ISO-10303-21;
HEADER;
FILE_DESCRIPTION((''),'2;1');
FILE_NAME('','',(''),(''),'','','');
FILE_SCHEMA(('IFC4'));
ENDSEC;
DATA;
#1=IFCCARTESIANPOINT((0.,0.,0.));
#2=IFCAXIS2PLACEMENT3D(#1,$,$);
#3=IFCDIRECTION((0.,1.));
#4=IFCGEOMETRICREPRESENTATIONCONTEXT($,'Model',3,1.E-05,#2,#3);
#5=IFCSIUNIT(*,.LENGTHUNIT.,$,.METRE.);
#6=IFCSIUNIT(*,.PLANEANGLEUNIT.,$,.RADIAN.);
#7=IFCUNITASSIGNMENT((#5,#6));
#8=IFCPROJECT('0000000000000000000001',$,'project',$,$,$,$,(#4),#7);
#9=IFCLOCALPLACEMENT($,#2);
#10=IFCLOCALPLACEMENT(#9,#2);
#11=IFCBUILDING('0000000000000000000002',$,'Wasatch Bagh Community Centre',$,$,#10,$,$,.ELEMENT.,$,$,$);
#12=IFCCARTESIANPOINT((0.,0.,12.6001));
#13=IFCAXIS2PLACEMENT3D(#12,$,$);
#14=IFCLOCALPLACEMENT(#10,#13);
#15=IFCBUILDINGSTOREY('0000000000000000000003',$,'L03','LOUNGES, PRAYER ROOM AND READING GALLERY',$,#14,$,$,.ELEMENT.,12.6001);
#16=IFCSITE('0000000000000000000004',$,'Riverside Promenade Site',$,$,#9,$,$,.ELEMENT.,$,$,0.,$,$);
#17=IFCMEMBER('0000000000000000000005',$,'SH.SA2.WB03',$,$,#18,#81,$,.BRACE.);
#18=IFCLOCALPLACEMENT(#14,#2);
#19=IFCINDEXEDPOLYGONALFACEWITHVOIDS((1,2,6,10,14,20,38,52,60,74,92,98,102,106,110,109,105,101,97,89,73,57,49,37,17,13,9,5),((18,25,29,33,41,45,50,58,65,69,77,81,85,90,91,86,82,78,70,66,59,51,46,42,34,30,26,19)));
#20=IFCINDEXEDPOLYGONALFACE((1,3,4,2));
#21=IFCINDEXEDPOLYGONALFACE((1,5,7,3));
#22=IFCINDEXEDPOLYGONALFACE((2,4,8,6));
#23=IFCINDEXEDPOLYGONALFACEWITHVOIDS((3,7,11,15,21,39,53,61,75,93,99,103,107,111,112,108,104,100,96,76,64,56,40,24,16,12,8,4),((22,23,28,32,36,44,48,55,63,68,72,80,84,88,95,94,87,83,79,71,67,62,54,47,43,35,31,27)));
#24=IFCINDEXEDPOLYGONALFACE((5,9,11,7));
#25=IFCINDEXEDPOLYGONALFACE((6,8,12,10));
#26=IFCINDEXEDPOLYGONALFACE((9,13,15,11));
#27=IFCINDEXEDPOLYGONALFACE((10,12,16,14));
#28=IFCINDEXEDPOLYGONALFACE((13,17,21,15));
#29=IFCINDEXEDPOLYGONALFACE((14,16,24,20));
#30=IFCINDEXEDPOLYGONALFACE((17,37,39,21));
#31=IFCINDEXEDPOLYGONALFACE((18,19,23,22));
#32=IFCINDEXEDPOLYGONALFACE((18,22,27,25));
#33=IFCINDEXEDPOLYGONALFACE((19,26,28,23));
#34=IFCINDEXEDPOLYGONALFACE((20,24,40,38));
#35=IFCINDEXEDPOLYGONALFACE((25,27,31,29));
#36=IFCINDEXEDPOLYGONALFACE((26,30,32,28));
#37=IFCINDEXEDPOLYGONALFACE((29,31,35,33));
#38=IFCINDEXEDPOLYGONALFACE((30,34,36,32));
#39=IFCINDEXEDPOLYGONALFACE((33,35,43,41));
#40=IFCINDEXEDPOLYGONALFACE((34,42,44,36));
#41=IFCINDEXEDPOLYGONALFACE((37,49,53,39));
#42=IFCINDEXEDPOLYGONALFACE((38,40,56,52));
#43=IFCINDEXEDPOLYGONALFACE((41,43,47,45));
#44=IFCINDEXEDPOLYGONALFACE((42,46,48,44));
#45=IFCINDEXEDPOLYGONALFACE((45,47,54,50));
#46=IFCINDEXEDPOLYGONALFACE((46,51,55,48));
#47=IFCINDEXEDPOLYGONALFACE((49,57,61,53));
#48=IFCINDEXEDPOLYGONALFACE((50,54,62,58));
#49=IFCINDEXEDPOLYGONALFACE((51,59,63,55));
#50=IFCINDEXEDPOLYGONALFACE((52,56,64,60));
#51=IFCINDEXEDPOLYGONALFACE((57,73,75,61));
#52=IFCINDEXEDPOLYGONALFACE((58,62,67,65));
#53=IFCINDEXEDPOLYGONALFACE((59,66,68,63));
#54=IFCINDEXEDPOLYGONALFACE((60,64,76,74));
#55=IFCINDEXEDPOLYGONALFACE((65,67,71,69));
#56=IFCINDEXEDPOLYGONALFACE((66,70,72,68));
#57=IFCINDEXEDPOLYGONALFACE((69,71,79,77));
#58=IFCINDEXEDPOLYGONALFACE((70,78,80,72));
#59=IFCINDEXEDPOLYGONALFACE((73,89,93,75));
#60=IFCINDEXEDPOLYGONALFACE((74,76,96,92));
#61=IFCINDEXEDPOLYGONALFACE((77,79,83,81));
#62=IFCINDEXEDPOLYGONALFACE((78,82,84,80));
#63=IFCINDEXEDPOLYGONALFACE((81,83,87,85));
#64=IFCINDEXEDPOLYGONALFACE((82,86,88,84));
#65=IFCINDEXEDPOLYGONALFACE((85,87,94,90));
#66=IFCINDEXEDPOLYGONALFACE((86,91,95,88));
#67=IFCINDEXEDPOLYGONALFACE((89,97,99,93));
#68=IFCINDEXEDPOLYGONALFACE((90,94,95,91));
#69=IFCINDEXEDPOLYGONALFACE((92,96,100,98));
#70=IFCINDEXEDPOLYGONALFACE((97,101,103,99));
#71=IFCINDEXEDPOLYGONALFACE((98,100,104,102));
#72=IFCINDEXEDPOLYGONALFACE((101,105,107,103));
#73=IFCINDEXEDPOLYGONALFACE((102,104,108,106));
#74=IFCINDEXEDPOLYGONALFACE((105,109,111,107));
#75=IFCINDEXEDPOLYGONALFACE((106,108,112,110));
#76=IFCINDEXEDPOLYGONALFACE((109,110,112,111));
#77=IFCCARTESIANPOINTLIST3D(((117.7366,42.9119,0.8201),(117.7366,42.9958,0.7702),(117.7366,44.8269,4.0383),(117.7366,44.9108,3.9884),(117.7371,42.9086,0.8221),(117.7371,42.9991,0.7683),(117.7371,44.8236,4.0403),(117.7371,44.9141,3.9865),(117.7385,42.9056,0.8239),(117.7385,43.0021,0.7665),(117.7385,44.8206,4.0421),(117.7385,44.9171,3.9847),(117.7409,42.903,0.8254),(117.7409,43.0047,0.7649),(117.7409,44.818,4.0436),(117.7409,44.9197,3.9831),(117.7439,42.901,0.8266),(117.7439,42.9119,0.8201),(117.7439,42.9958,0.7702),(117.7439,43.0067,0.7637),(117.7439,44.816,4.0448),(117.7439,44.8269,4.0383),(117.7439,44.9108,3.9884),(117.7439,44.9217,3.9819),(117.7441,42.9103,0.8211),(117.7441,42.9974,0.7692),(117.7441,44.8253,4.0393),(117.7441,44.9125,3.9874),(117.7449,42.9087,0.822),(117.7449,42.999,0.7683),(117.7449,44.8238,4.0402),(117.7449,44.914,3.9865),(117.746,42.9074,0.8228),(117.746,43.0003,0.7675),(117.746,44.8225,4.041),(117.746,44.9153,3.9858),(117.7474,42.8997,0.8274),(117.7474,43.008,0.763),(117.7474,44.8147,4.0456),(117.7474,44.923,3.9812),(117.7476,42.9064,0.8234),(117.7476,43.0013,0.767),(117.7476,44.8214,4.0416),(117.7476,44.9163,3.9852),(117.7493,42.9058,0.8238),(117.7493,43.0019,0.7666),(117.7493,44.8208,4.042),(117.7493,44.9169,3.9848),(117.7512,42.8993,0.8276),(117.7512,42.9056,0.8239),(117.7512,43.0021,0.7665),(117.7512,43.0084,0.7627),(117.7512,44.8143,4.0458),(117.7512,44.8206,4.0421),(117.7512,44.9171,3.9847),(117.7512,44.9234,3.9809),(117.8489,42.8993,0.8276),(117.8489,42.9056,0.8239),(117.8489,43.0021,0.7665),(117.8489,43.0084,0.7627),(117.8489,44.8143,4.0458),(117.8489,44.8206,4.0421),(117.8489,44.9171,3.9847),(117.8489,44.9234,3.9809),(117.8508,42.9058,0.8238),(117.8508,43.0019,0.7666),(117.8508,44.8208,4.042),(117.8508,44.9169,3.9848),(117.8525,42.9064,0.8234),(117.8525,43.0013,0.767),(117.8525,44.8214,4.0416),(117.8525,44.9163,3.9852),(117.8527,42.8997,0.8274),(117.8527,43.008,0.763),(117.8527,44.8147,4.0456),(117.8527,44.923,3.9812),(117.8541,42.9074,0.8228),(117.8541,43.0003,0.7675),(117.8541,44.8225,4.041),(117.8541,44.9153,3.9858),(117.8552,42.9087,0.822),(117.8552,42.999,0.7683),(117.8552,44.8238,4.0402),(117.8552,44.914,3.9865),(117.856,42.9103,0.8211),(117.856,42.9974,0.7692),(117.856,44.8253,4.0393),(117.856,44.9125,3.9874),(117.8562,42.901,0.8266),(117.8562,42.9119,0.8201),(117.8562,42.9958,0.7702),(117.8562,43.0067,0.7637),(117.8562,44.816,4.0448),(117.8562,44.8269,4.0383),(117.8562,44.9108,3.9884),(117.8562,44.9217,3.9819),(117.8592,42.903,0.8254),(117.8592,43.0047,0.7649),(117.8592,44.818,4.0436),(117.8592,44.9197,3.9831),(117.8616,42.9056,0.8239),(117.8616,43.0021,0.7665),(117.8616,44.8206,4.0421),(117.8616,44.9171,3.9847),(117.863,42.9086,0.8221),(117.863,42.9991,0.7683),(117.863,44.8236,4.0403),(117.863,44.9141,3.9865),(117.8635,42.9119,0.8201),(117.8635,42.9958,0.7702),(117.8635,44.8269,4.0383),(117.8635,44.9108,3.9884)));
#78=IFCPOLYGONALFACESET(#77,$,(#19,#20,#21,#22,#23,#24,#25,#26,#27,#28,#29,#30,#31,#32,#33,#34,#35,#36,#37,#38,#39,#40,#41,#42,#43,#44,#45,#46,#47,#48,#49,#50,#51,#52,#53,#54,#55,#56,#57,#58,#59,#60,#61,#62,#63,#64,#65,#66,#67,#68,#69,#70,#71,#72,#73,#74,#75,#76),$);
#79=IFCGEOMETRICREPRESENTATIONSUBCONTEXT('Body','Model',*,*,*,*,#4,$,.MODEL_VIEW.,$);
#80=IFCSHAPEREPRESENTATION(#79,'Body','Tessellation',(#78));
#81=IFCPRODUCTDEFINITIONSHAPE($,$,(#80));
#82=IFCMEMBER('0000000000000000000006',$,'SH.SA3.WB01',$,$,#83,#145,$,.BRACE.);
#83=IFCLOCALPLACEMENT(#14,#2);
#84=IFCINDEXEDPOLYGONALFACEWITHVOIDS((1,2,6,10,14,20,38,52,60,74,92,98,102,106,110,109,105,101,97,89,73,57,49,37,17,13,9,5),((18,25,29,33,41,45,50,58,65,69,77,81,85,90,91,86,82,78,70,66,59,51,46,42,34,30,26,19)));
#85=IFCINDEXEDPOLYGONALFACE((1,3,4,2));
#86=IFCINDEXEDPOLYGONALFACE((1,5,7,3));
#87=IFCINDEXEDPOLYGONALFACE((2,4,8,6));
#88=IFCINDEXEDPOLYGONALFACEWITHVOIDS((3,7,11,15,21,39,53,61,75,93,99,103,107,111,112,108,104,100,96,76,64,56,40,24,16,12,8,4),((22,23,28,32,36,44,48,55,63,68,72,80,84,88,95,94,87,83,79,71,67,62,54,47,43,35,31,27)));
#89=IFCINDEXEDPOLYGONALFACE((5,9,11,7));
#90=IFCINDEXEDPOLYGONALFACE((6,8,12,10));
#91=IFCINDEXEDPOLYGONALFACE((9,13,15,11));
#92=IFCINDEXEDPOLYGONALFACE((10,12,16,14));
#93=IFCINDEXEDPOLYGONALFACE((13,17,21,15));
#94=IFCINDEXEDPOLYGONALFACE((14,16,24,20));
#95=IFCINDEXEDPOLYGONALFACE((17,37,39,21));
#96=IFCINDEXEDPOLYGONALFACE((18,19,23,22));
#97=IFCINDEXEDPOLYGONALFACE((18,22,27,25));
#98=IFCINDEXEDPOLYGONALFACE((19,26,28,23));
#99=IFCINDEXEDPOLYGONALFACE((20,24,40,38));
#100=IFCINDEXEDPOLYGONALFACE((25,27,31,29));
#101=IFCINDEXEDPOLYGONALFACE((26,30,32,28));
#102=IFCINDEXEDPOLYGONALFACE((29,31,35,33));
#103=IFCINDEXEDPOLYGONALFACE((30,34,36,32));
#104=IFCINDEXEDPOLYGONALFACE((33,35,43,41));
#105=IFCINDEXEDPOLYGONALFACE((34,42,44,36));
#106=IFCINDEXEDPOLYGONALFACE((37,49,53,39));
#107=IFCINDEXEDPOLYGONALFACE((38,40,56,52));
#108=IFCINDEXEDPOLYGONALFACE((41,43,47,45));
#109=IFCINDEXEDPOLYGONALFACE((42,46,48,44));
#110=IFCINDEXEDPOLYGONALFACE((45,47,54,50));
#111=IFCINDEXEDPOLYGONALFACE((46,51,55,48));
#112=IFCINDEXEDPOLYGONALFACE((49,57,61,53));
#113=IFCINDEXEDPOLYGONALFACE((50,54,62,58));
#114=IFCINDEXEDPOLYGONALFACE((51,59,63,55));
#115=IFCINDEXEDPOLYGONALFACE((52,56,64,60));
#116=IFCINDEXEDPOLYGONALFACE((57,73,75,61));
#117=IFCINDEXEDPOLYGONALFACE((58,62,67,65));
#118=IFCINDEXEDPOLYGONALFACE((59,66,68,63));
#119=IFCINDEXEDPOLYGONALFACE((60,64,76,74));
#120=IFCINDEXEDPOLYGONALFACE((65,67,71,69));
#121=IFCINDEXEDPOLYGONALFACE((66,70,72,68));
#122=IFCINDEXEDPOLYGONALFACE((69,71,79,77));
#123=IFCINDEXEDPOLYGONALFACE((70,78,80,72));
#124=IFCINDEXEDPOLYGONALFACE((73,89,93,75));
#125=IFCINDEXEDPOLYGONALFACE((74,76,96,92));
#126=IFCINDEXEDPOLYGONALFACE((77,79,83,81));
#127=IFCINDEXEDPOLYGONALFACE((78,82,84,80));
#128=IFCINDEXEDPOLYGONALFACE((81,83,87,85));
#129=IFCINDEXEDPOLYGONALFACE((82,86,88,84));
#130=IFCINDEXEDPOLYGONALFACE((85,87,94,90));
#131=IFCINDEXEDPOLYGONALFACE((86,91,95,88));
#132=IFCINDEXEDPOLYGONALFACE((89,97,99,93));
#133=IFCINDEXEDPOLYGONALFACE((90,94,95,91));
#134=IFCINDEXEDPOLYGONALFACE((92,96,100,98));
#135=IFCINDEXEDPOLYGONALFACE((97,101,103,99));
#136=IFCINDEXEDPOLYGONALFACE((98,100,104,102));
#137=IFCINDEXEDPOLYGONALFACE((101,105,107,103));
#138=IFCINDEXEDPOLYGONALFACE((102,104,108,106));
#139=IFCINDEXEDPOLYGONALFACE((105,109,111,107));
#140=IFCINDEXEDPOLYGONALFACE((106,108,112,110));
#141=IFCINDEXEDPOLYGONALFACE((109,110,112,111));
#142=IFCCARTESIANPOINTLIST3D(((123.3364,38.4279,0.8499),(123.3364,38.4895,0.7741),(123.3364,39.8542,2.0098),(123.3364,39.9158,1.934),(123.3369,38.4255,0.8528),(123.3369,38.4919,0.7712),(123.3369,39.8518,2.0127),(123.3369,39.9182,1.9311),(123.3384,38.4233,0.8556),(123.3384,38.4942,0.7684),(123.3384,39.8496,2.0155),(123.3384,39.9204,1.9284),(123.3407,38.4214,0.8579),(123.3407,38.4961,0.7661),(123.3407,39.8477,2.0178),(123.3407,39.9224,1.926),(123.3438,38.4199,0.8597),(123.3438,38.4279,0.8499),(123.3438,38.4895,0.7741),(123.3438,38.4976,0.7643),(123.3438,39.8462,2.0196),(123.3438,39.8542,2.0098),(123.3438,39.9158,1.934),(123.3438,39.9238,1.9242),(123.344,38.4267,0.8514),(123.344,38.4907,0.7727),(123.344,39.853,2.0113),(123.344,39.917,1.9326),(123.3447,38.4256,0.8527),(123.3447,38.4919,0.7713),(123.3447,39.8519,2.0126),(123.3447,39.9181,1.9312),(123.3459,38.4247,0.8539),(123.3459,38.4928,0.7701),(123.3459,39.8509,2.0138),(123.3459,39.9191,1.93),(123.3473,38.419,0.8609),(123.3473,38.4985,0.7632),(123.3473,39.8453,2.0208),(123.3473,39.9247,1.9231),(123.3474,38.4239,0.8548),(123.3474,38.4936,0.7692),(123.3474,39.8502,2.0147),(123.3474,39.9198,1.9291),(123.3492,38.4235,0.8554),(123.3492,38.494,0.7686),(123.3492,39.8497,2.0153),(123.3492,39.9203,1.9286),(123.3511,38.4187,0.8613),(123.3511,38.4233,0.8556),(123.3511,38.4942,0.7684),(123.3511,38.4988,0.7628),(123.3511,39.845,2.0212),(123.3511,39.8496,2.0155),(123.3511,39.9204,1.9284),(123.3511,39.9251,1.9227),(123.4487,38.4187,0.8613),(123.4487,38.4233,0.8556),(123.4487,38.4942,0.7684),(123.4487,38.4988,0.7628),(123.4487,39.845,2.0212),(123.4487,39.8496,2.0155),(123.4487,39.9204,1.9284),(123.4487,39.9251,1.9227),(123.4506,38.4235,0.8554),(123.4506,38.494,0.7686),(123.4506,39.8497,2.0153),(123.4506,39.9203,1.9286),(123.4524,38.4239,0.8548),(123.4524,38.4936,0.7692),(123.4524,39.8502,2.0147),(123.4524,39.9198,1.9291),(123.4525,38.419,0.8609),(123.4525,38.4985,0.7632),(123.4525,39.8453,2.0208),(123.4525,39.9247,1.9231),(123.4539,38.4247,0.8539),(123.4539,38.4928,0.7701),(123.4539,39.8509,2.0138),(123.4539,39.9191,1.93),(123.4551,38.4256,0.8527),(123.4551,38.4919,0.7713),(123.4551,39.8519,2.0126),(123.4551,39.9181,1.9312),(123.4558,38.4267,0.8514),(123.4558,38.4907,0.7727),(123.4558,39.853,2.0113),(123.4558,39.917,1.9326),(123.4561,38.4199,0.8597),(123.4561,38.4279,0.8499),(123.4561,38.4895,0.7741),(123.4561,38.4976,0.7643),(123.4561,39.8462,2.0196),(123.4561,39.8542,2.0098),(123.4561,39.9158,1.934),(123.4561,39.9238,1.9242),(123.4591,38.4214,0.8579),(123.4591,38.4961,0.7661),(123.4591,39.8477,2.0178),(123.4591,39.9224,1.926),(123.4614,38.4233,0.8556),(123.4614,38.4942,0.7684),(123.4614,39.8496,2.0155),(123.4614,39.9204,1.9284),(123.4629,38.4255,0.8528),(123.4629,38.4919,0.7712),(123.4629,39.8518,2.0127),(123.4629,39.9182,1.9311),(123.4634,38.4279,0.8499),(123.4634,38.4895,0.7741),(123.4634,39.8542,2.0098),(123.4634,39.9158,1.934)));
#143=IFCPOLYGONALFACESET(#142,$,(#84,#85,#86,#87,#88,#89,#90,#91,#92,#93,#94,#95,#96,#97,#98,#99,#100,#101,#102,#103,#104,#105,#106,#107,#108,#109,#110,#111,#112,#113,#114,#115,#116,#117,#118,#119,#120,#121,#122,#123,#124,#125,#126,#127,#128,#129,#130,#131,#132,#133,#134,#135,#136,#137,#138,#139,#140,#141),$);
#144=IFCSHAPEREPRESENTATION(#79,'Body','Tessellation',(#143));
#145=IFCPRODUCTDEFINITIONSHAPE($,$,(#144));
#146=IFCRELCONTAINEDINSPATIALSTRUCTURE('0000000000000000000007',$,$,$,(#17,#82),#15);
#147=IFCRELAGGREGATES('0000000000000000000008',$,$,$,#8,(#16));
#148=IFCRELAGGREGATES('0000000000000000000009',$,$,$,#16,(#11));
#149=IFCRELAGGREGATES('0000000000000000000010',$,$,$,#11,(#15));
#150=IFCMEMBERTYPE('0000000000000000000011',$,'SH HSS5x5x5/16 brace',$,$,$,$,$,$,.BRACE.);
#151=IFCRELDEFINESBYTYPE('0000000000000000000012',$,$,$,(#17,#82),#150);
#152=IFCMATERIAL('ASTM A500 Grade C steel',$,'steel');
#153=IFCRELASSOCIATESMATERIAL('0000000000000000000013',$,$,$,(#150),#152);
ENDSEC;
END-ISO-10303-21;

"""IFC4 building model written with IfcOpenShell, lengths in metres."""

from ifc_helpers import new_model, si_unit, direction, frame, origin, origin_2d, place, context, subcontext, project, spatial, hollow_rectangle, extrude, material, material_profile, profile_set, type_object, element, save


model = new_model("IFC4")

# Units and contexts
model_context = context("Model", 3, precision=1e-05, world=origin(), true_north=direction((0.0, 1.0)))
body_context = subcontext(model_context, "Body", "Model", "MODEL_VIEW")
ifc_project = project(units=[si_unit("LENGTHUNIT", "METRE"), si_unit("PLANEANGLEUNIT", "RADIAN")], contexts=[model_context])

# Site, building, storey
site_placement = place(None, origin())
site = spatial("IfcSite", under=ifc_project, at=site_placement, Name="Riverside Promenade Site", CompositionType="ELEMENT", RefElevation=0.0)
building_placement = place(site_placement, origin())
building = spatial("IfcBuilding", under=site, at=building_placement, Name="Wasatch Bagh Community Centre", CompositionType="ELEMENT")
storey_placement = place(building_placement, frame((0.0, 0.0, 12.6001)))
storey = spatial("IfcBuildingStorey", under=building, at=storey_placement, Name="L03", Description="LOUNGES, PRAYER ROOM AND READING GALLERY", CompositionType="ELEMENT", Elevation=12.6001)

# Members
ifc_material_1 = material(Name="ASTM A500 Grade C steel", Category="steel")
ifc_material_profile_1 = material_profile(ifc_material_1, hollow_rectangle(XDim=0.127, YDim=0.127, WallThickness=0.0073, InnerFilletRadius=0.0073, OuterFilletRadius=0.0146, at=origin_2d()), Name="HSS5x5x5/16")
ifc_profile_set_1 = profile_set([ifc_material_profile_1], Name="ASTM A500 Grade C steel")
member_type_1 = type_object("IfcMemberType", Name="SH HSS5x5x5/16 brace", PredefinedType="BRACE", material=ifc_profile_set_1)
member_1_placement = place(storey_placement, frame((117.8, 42.9539, 0.7952), z_axis=(0.0, 0.511367, 0.859362), x_axis=(-1.0, 0.0, 0.0)))
element("IfcMember", 1, at=member_1_placement, inside=storey, type_object=member_type_1, Name="SH.SA2.WB03", PredefinedType="BRACE", context=body_context, shape_type="SweptSolid", body=[
    extrude(hollow_rectangle(XDim=0.127, YDim=0.127, WallThickness=0.0073, InnerFilletRadius=0.0073, OuterFilletRadius=0.0146, at=origin_2d()), origin(), (0.0, 0.0, 1.0), 3.7449),
])
member_2_placement = place(storey_placement, frame((123.3999, 38.4587, 0.812), z_axis=(0.0, 0.77583, 0.630943), x_axis=(-1.0, 0.0, 0.0)))
element("IfcMember", 2, at=member_2_placement, inside=storey, type_object=member_type_1, Name="SH.SA3.WB01", PredefinedType="BRACE", context=body_context, shape_type="SweptSolid", body=[
    extrude(hollow_rectangle(XDim=0.127, YDim=0.127, WallThickness=0.0073, InnerFilletRadius=0.0073, OuterFilletRadius=0.0146, at=origin_2d()), origin(), (0.0, 0.0, 1.0), 1.8384),
])

save(model, "model.ifc")
